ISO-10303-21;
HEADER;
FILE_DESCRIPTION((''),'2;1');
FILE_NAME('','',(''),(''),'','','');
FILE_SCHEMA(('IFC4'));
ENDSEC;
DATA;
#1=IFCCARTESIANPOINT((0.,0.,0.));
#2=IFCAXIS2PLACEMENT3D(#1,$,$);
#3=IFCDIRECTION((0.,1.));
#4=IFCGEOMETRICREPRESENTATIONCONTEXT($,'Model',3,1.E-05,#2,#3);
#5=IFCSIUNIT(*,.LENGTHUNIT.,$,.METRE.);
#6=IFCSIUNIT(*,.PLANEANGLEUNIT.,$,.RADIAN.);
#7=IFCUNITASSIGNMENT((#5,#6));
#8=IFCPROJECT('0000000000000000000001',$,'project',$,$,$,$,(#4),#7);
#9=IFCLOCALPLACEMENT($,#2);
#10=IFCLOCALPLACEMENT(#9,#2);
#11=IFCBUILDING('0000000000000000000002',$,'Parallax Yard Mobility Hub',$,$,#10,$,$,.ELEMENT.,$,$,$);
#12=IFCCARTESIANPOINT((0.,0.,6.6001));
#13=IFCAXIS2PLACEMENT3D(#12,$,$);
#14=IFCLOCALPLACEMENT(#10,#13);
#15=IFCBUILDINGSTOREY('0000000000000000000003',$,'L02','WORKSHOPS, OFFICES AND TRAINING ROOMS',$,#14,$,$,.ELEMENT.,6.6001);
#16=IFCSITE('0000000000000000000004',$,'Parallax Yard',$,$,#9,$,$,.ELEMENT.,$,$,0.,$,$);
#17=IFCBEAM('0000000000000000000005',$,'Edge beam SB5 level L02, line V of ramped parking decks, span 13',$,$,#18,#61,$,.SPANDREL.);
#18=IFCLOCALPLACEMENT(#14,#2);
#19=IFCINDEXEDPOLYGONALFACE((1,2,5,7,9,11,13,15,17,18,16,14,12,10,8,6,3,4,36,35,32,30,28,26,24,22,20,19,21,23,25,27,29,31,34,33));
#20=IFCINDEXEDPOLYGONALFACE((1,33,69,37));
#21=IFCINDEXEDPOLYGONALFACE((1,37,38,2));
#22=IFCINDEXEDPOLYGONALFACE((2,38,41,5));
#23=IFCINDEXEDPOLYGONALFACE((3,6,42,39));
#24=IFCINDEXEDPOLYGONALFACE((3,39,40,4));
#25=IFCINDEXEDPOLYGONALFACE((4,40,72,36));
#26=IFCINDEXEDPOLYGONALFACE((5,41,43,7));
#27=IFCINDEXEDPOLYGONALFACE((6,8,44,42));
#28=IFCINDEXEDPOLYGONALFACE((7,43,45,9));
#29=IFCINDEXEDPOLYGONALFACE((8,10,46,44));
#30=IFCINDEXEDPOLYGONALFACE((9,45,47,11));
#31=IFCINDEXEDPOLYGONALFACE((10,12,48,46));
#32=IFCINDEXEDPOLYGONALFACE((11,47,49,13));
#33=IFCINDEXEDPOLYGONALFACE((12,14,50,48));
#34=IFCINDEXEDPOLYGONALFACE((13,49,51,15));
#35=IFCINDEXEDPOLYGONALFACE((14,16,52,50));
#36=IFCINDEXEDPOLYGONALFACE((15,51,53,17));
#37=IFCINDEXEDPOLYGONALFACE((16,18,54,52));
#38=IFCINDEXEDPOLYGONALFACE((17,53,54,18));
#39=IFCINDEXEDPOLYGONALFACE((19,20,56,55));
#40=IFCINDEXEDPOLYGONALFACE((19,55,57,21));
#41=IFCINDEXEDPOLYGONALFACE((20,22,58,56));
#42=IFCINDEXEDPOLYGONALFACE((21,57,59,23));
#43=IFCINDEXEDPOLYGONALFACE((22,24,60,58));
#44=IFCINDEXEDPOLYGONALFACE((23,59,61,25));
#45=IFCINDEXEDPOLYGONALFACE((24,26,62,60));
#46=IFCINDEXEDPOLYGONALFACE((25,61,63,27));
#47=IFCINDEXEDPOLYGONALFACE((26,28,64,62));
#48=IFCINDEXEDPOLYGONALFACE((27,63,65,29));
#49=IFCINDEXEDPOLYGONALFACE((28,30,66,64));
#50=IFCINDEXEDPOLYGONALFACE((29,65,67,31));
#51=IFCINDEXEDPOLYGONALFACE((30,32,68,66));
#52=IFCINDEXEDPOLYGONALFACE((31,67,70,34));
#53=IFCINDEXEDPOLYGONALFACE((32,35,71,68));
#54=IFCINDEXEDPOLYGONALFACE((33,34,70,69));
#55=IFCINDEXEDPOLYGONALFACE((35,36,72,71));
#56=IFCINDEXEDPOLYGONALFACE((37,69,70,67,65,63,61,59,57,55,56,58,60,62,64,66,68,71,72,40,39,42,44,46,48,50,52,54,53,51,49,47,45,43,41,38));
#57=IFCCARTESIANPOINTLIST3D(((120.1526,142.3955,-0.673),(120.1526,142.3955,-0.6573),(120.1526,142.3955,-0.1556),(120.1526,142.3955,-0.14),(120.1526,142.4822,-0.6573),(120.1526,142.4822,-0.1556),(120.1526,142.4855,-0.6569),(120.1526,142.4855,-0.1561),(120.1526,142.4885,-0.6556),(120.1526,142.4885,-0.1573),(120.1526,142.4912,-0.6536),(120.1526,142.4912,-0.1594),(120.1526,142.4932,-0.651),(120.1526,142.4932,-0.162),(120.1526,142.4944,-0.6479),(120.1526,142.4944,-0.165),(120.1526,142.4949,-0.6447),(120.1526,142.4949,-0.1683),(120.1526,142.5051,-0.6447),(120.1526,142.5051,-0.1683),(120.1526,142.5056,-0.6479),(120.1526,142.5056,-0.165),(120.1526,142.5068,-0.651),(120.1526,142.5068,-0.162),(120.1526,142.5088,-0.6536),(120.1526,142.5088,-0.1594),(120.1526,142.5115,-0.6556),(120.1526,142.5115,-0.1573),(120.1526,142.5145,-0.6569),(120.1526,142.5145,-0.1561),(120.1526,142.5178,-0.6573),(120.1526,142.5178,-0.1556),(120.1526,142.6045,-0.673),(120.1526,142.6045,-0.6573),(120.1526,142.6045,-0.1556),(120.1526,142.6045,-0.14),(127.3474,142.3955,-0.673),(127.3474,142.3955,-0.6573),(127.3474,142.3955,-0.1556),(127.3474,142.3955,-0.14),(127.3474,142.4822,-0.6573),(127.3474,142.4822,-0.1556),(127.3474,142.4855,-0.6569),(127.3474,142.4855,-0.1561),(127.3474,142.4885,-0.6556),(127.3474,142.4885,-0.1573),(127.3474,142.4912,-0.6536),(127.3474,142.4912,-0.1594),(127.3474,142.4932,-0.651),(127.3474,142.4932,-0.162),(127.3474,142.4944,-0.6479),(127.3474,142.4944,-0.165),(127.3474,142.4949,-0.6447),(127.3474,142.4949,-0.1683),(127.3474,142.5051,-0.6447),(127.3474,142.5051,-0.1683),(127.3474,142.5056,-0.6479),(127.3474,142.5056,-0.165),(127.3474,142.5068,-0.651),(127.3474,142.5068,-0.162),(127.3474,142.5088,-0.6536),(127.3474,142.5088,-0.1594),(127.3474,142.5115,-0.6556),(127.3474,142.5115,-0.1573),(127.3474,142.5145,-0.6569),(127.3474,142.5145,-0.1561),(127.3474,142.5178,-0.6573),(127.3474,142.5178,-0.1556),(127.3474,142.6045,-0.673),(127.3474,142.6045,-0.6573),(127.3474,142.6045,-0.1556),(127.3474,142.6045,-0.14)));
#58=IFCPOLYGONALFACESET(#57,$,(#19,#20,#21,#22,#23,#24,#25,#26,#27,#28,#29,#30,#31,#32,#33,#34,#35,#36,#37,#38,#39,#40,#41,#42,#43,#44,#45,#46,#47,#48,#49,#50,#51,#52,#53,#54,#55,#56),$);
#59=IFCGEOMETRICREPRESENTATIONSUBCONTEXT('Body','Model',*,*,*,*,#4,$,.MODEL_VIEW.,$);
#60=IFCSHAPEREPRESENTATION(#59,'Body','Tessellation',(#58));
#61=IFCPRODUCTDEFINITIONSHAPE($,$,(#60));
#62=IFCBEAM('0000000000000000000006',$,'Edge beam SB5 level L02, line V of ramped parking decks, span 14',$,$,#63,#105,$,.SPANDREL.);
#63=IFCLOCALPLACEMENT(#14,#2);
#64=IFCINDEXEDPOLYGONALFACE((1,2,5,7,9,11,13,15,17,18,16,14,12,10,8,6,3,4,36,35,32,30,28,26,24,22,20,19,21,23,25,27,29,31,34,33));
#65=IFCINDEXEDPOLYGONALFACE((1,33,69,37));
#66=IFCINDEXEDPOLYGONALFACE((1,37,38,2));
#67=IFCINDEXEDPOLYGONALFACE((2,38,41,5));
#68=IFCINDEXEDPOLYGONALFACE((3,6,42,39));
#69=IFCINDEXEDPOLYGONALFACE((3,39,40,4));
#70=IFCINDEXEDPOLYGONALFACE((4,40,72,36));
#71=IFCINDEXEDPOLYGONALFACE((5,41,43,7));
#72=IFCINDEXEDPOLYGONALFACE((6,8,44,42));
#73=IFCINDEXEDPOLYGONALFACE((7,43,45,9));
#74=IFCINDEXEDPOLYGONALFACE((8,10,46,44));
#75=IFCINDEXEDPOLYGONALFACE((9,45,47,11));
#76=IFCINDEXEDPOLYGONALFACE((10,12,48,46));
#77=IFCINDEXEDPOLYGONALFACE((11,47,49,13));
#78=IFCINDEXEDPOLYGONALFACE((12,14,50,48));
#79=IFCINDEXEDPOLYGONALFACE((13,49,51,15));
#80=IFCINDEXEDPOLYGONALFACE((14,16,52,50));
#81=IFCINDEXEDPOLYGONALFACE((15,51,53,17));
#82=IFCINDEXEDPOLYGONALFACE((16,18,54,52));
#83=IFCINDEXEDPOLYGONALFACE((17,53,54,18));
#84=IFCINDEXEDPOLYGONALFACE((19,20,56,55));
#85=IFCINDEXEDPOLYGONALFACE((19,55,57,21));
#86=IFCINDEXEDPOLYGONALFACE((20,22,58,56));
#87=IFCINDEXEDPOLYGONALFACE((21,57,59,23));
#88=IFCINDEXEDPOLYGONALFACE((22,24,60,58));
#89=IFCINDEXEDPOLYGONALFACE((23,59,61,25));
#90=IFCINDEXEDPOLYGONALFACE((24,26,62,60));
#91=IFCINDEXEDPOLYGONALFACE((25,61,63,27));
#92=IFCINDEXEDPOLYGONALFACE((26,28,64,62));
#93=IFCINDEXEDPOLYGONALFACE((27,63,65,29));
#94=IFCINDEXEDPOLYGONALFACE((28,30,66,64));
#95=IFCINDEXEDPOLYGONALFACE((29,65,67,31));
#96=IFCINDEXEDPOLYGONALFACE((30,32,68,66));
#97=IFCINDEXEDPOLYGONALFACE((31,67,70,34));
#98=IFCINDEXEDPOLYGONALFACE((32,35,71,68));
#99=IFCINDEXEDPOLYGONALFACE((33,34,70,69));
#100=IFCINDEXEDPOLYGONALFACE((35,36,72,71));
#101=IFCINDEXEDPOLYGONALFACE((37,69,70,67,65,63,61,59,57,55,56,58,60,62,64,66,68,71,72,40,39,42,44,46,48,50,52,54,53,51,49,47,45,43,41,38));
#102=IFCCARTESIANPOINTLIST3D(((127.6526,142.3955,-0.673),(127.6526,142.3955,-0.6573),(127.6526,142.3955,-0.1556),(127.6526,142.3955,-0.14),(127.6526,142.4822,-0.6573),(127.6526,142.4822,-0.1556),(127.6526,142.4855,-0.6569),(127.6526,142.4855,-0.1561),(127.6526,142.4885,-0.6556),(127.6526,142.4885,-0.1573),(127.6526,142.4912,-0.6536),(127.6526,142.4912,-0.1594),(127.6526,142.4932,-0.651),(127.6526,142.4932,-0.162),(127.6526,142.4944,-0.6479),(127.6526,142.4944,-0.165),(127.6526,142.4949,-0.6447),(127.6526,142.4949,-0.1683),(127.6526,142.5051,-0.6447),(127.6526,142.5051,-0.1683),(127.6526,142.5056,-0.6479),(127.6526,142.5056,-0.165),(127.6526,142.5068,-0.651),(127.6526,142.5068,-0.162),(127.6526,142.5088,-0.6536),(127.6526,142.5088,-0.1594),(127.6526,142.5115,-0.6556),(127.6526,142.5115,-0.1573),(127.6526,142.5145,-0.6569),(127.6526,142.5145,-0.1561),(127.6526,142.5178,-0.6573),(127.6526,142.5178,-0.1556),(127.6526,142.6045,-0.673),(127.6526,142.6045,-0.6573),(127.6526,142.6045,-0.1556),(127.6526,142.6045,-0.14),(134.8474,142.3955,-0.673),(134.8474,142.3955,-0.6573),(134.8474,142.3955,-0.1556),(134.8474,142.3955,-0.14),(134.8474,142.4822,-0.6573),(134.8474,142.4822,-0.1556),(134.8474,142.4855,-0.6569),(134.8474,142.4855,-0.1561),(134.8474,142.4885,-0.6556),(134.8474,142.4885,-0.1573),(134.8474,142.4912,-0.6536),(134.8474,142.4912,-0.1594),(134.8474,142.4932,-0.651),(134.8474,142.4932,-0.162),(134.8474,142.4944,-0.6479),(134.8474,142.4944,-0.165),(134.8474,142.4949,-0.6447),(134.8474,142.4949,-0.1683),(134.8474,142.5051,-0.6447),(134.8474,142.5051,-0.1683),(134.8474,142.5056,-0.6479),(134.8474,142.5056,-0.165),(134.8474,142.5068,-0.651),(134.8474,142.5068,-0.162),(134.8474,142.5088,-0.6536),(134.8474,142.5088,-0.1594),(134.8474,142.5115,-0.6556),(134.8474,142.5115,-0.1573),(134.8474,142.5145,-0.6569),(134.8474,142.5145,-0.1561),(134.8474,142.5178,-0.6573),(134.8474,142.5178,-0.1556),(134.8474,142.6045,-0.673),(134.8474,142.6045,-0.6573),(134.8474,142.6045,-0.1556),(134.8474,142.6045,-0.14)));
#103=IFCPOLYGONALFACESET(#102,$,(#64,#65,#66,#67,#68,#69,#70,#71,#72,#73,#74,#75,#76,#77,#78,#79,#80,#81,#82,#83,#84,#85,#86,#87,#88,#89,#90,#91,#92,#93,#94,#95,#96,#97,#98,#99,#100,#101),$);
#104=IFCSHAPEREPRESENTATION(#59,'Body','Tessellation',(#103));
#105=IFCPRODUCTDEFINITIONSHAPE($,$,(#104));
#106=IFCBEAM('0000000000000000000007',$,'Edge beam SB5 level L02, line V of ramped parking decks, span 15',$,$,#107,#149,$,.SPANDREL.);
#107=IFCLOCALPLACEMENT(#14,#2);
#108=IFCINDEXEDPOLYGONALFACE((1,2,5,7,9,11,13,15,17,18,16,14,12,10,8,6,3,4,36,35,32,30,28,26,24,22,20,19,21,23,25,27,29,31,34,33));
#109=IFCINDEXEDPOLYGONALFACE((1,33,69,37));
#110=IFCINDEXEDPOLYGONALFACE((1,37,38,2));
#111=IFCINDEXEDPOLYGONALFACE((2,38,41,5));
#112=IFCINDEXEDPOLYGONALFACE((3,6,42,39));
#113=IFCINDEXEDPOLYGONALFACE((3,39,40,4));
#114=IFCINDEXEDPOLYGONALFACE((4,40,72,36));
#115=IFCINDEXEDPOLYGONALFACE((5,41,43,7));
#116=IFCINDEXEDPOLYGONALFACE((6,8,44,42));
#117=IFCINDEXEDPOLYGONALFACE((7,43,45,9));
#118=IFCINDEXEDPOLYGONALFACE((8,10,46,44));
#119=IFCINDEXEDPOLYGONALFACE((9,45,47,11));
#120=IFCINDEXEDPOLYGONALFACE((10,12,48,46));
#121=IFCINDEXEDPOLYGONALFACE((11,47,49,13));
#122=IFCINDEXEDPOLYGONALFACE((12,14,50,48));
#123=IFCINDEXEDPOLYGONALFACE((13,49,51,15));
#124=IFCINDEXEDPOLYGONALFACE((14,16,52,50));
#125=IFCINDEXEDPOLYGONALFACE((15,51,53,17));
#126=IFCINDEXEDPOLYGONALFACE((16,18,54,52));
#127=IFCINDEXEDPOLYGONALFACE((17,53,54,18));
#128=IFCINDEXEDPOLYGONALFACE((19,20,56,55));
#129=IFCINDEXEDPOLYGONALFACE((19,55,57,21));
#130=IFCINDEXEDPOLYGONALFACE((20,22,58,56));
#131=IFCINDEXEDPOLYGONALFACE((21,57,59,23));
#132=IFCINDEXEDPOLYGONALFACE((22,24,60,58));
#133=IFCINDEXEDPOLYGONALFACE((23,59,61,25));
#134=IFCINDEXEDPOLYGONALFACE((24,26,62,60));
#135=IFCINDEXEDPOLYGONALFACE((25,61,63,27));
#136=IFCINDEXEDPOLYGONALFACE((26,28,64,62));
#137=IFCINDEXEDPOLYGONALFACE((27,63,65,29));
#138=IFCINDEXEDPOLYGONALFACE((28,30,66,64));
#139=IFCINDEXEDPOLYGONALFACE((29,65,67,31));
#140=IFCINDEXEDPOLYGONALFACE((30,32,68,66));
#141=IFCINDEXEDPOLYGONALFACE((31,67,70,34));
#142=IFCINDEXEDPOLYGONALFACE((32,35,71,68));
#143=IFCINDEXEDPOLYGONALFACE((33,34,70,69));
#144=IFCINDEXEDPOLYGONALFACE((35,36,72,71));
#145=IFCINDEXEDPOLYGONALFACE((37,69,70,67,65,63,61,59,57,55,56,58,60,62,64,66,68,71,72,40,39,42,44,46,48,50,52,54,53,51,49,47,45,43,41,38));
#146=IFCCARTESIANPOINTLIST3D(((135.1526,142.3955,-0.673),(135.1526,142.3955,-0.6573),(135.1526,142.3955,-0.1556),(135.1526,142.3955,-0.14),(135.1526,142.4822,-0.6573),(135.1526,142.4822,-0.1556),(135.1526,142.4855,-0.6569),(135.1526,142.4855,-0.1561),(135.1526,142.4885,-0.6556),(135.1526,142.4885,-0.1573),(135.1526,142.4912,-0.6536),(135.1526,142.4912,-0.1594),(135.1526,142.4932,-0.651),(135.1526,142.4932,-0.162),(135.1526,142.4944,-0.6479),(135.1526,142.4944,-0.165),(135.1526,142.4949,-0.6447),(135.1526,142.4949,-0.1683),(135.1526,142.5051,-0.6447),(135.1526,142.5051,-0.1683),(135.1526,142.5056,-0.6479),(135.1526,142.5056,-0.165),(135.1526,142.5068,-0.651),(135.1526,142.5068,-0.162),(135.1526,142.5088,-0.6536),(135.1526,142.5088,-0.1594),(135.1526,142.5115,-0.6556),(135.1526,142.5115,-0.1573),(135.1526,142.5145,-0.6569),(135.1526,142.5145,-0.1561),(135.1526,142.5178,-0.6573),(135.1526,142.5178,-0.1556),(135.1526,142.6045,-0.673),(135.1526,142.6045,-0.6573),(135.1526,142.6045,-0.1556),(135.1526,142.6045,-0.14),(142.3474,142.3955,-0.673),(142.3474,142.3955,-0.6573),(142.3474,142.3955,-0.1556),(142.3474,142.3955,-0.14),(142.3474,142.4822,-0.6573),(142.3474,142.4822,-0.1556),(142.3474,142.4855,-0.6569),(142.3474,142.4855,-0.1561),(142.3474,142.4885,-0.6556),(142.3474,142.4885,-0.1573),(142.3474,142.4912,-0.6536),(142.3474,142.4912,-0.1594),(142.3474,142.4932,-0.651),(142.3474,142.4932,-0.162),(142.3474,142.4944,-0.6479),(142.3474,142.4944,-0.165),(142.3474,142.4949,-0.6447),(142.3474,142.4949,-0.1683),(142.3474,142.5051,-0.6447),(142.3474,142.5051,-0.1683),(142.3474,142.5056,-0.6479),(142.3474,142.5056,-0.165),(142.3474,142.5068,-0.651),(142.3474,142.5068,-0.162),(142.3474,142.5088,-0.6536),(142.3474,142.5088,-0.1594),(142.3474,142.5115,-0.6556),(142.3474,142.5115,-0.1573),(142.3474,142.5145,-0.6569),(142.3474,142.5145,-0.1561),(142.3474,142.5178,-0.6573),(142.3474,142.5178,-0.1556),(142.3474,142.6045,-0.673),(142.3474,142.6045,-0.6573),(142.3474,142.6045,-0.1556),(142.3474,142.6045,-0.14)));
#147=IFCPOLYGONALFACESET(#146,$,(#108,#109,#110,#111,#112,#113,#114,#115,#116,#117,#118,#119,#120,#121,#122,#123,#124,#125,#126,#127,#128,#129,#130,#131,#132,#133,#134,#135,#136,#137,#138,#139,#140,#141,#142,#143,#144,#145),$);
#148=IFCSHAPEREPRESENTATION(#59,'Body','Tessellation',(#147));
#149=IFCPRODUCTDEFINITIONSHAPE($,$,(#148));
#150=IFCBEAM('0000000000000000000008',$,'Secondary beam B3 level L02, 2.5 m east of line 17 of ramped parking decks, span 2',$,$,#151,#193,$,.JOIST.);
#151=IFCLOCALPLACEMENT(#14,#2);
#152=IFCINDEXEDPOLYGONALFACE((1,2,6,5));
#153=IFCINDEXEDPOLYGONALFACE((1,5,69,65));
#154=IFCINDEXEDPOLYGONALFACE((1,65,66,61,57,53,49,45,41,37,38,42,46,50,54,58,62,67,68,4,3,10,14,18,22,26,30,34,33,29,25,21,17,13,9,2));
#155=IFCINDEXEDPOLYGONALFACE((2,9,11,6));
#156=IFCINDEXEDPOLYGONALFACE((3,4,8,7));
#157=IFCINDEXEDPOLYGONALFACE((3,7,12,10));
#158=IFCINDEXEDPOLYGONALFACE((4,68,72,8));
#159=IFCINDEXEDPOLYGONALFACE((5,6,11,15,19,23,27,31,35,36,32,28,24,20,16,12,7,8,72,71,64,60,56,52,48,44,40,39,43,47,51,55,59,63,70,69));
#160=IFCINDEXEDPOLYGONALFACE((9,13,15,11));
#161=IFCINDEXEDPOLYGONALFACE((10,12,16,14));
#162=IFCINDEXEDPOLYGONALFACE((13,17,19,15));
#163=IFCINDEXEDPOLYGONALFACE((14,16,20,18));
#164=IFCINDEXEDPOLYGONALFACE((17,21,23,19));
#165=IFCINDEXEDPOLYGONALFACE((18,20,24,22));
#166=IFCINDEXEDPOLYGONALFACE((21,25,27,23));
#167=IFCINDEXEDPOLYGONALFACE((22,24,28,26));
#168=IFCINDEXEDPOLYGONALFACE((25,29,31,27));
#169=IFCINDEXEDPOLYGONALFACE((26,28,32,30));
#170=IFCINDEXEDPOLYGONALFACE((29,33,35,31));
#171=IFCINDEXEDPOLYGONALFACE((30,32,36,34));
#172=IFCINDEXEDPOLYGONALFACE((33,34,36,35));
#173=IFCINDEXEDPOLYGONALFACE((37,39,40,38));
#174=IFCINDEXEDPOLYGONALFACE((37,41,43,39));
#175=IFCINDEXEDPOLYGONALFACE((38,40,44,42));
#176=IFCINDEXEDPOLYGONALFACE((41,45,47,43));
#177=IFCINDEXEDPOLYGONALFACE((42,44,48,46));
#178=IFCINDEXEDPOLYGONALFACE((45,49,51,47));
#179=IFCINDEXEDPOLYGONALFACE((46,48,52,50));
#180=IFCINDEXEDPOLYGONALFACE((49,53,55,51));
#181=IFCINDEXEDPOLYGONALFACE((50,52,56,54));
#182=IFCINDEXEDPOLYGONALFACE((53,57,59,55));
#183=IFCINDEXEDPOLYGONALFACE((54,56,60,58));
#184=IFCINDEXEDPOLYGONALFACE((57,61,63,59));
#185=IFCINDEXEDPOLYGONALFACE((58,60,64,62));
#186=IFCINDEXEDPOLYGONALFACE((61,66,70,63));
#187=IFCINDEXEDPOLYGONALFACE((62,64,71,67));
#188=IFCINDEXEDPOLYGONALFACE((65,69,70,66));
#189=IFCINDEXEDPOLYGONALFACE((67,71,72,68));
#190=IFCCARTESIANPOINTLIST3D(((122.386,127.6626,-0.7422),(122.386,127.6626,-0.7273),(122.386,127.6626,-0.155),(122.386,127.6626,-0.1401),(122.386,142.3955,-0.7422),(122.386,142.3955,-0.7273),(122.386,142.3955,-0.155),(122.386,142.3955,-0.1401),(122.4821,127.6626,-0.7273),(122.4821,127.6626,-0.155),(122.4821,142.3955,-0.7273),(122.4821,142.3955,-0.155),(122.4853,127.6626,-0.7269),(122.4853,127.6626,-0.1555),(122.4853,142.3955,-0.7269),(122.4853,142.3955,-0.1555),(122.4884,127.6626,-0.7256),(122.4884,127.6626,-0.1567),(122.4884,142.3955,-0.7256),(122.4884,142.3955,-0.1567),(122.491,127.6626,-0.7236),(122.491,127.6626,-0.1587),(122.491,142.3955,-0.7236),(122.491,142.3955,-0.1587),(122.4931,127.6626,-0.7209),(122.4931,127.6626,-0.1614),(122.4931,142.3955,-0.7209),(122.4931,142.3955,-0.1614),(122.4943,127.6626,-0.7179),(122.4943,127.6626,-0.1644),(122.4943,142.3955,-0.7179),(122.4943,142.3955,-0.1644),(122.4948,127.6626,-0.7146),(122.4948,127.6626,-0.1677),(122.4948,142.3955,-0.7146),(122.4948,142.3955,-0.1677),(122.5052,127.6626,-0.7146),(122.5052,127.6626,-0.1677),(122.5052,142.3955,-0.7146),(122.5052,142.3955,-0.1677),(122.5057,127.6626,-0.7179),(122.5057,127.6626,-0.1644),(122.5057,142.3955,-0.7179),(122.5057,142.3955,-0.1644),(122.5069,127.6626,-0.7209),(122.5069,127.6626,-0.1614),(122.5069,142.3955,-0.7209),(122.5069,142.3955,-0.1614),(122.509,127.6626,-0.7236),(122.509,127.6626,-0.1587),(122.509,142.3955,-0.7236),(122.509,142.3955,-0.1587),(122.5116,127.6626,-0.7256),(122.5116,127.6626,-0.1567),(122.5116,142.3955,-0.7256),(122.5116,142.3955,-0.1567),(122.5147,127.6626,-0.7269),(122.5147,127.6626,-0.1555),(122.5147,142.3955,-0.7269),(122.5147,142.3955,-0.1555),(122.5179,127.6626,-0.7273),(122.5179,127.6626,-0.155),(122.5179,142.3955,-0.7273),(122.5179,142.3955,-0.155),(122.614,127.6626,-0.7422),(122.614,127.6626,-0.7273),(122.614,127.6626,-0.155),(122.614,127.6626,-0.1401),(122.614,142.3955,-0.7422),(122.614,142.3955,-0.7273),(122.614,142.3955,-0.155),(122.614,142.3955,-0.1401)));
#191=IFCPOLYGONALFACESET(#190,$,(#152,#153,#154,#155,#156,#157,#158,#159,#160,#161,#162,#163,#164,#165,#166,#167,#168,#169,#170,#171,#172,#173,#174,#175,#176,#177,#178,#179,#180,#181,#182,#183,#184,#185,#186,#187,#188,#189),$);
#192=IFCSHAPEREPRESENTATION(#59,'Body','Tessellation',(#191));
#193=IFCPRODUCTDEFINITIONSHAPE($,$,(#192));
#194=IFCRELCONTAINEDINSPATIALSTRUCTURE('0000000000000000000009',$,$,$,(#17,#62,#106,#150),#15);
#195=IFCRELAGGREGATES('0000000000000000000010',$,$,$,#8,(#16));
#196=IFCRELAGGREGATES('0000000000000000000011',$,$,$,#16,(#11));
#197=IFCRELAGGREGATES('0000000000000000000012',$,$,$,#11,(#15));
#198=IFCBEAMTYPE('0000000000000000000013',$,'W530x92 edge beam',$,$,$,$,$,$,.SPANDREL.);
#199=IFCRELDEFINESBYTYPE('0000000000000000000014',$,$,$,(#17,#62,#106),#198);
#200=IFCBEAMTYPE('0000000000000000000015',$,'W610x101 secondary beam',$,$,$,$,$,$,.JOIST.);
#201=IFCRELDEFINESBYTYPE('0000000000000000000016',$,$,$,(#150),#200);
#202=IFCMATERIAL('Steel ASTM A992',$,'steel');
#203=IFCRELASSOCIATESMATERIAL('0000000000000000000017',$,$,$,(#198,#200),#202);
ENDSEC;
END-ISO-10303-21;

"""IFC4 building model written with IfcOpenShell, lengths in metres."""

from ifc_helpers import new_model, si_unit, direction, frame, origin, origin_2d, place, context, subcontext, project, spatial, i_section, extrude, material, material_profile, profile_set, type_object, element, save


model = new_model("IFC4")

# Units and contexts
model_context = context("Model", 3, precision=1e-05, world=origin(), true_north=direction((0.0, 1.0)))
body_context = subcontext(model_context, "Body", "Model", "MODEL_VIEW")
ifc_project = project(units=[si_unit("LENGTHUNIT", "METRE"), si_unit("PLANEANGLEUNIT", "RADIAN")], contexts=[model_context])

# Site, building, storey
site_placement = place(None, origin())
site = spatial("IfcSite", under=ifc_project, at=site_placement, Name="Parallax Yard", CompositionType="ELEMENT", RefElevation=0.0)
building_placement = place(site_placement, origin())
building = spatial("IfcBuilding", under=site, at=building_placement, Name="Parallax Yard Mobility Hub", CompositionType="ELEMENT")
storey_placement = place(building_placement, frame((0.0, 0.0, 6.6001)))
storey = spatial("IfcBuildingStorey", under=building, at=storey_placement, Name="L02", Description="WORKSHOPS, OFFICES AND TRAINING ROOMS", CompositionType="ELEMENT", Elevation=6.6001)

# Shared definitions
ifc_material_1 = material(Name="Steel ASTM A992", Category="steel")

# Beams
ifc_material_profile_1 = material_profile(ifc_material_1, i_section(OverallWidth=0.209, OverallDepth=0.533, WebThickness=0.0103, FlangeThickness=0.0156, FilletRadius=0.0127, at=origin_2d()), Name="W530x92")
ifc_profile_set_1 = profile_set([ifc_material_profile_1], Name="Steel ASTM A992")
beam_type_1 = type_object("IfcBeamType", Name="W530x92 edge beam", PredefinedType="SPANDREL", material=ifc_profile_set_1)
for number, where, z_axis, x_axis, name in (
    (1, (120.1526, 142.5, -0.4065), (1.0, 0.0, 0.0), (0.0, 1.0, 0.0), "Edge beam SB5 level L02, line V of ramped parking decks, span 13"),
    (2, (127.6526, 142.5, -0.4065), (1.0, 0.0, 0.0), (0.0, 1.0, 0.0), "Edge beam SB5 level L02, line V of ramped parking decks, span 14"),
    (3, (135.1526, 142.5, -0.4065), (1.0, 0.0, 0.0), (0.0, 1.0, 0.0), "Edge beam SB5 level L02, line V of ramped parking decks, span 15"),
):
    element("IfcBeam", number, at=place(storey_placement, frame(where, z_axis=z_axis, x_axis=x_axis)), inside=storey, type_object=beam_type_1, Name=name, PredefinedType="SPANDREL", context=body_context, shape_type="SweptSolid", body=[
        extrude(i_section(OverallWidth=0.209, OverallDepth=0.533, WebThickness=0.0103, FlangeThickness=0.0156, FilletRadius=0.0127, at=origin_2d()), origin(), (0.0, 0.0, 1.0), 7.1948),
    ])
ifc_material_profile_2 = material_profile(ifc_material_1, i_section(OverallWidth=0.228, OverallDepth=0.6021, WebThickness=0.0105, FlangeThickness=0.0149, FilletRadius=0.0127, at=origin_2d()), Name="W610x101")
ifc_profile_set_2 = profile_set([ifc_material_profile_2], Name="Steel ASTM A992")
beam_type_2 = type_object("IfcBeamType", Name="W610x101 secondary beam", PredefinedType="JOIST", material=ifc_profile_set_2)
for number, where, z_axis, x_axis, name in (
    (4, (122.5, 127.6626, -0.4412), (0.0, 1.0, 0.0), (-1.0, 0.0, 0.0), "Secondary beam B3 level L02, 2.5 m east of line 17 of ramped parking decks, span 2"),
):
    element("IfcBeam", number, at=place(storey_placement, frame(where, z_axis=z_axis, x_axis=x_axis)), inside=storey, type_object=beam_type_2, Name=name, PredefinedType="JOIST", context=body_context, shape_type="SweptSolid", body=[
        extrude(i_section(OverallWidth=0.228, OverallDepth=0.6021, WebThickness=0.0105, FlangeThickness=0.0149, FilletRadius=0.0127, at=origin_2d()), origin(), (0.0, 0.0, 1.0), 14.7329),
    ])

save(model, "model.ifc")
